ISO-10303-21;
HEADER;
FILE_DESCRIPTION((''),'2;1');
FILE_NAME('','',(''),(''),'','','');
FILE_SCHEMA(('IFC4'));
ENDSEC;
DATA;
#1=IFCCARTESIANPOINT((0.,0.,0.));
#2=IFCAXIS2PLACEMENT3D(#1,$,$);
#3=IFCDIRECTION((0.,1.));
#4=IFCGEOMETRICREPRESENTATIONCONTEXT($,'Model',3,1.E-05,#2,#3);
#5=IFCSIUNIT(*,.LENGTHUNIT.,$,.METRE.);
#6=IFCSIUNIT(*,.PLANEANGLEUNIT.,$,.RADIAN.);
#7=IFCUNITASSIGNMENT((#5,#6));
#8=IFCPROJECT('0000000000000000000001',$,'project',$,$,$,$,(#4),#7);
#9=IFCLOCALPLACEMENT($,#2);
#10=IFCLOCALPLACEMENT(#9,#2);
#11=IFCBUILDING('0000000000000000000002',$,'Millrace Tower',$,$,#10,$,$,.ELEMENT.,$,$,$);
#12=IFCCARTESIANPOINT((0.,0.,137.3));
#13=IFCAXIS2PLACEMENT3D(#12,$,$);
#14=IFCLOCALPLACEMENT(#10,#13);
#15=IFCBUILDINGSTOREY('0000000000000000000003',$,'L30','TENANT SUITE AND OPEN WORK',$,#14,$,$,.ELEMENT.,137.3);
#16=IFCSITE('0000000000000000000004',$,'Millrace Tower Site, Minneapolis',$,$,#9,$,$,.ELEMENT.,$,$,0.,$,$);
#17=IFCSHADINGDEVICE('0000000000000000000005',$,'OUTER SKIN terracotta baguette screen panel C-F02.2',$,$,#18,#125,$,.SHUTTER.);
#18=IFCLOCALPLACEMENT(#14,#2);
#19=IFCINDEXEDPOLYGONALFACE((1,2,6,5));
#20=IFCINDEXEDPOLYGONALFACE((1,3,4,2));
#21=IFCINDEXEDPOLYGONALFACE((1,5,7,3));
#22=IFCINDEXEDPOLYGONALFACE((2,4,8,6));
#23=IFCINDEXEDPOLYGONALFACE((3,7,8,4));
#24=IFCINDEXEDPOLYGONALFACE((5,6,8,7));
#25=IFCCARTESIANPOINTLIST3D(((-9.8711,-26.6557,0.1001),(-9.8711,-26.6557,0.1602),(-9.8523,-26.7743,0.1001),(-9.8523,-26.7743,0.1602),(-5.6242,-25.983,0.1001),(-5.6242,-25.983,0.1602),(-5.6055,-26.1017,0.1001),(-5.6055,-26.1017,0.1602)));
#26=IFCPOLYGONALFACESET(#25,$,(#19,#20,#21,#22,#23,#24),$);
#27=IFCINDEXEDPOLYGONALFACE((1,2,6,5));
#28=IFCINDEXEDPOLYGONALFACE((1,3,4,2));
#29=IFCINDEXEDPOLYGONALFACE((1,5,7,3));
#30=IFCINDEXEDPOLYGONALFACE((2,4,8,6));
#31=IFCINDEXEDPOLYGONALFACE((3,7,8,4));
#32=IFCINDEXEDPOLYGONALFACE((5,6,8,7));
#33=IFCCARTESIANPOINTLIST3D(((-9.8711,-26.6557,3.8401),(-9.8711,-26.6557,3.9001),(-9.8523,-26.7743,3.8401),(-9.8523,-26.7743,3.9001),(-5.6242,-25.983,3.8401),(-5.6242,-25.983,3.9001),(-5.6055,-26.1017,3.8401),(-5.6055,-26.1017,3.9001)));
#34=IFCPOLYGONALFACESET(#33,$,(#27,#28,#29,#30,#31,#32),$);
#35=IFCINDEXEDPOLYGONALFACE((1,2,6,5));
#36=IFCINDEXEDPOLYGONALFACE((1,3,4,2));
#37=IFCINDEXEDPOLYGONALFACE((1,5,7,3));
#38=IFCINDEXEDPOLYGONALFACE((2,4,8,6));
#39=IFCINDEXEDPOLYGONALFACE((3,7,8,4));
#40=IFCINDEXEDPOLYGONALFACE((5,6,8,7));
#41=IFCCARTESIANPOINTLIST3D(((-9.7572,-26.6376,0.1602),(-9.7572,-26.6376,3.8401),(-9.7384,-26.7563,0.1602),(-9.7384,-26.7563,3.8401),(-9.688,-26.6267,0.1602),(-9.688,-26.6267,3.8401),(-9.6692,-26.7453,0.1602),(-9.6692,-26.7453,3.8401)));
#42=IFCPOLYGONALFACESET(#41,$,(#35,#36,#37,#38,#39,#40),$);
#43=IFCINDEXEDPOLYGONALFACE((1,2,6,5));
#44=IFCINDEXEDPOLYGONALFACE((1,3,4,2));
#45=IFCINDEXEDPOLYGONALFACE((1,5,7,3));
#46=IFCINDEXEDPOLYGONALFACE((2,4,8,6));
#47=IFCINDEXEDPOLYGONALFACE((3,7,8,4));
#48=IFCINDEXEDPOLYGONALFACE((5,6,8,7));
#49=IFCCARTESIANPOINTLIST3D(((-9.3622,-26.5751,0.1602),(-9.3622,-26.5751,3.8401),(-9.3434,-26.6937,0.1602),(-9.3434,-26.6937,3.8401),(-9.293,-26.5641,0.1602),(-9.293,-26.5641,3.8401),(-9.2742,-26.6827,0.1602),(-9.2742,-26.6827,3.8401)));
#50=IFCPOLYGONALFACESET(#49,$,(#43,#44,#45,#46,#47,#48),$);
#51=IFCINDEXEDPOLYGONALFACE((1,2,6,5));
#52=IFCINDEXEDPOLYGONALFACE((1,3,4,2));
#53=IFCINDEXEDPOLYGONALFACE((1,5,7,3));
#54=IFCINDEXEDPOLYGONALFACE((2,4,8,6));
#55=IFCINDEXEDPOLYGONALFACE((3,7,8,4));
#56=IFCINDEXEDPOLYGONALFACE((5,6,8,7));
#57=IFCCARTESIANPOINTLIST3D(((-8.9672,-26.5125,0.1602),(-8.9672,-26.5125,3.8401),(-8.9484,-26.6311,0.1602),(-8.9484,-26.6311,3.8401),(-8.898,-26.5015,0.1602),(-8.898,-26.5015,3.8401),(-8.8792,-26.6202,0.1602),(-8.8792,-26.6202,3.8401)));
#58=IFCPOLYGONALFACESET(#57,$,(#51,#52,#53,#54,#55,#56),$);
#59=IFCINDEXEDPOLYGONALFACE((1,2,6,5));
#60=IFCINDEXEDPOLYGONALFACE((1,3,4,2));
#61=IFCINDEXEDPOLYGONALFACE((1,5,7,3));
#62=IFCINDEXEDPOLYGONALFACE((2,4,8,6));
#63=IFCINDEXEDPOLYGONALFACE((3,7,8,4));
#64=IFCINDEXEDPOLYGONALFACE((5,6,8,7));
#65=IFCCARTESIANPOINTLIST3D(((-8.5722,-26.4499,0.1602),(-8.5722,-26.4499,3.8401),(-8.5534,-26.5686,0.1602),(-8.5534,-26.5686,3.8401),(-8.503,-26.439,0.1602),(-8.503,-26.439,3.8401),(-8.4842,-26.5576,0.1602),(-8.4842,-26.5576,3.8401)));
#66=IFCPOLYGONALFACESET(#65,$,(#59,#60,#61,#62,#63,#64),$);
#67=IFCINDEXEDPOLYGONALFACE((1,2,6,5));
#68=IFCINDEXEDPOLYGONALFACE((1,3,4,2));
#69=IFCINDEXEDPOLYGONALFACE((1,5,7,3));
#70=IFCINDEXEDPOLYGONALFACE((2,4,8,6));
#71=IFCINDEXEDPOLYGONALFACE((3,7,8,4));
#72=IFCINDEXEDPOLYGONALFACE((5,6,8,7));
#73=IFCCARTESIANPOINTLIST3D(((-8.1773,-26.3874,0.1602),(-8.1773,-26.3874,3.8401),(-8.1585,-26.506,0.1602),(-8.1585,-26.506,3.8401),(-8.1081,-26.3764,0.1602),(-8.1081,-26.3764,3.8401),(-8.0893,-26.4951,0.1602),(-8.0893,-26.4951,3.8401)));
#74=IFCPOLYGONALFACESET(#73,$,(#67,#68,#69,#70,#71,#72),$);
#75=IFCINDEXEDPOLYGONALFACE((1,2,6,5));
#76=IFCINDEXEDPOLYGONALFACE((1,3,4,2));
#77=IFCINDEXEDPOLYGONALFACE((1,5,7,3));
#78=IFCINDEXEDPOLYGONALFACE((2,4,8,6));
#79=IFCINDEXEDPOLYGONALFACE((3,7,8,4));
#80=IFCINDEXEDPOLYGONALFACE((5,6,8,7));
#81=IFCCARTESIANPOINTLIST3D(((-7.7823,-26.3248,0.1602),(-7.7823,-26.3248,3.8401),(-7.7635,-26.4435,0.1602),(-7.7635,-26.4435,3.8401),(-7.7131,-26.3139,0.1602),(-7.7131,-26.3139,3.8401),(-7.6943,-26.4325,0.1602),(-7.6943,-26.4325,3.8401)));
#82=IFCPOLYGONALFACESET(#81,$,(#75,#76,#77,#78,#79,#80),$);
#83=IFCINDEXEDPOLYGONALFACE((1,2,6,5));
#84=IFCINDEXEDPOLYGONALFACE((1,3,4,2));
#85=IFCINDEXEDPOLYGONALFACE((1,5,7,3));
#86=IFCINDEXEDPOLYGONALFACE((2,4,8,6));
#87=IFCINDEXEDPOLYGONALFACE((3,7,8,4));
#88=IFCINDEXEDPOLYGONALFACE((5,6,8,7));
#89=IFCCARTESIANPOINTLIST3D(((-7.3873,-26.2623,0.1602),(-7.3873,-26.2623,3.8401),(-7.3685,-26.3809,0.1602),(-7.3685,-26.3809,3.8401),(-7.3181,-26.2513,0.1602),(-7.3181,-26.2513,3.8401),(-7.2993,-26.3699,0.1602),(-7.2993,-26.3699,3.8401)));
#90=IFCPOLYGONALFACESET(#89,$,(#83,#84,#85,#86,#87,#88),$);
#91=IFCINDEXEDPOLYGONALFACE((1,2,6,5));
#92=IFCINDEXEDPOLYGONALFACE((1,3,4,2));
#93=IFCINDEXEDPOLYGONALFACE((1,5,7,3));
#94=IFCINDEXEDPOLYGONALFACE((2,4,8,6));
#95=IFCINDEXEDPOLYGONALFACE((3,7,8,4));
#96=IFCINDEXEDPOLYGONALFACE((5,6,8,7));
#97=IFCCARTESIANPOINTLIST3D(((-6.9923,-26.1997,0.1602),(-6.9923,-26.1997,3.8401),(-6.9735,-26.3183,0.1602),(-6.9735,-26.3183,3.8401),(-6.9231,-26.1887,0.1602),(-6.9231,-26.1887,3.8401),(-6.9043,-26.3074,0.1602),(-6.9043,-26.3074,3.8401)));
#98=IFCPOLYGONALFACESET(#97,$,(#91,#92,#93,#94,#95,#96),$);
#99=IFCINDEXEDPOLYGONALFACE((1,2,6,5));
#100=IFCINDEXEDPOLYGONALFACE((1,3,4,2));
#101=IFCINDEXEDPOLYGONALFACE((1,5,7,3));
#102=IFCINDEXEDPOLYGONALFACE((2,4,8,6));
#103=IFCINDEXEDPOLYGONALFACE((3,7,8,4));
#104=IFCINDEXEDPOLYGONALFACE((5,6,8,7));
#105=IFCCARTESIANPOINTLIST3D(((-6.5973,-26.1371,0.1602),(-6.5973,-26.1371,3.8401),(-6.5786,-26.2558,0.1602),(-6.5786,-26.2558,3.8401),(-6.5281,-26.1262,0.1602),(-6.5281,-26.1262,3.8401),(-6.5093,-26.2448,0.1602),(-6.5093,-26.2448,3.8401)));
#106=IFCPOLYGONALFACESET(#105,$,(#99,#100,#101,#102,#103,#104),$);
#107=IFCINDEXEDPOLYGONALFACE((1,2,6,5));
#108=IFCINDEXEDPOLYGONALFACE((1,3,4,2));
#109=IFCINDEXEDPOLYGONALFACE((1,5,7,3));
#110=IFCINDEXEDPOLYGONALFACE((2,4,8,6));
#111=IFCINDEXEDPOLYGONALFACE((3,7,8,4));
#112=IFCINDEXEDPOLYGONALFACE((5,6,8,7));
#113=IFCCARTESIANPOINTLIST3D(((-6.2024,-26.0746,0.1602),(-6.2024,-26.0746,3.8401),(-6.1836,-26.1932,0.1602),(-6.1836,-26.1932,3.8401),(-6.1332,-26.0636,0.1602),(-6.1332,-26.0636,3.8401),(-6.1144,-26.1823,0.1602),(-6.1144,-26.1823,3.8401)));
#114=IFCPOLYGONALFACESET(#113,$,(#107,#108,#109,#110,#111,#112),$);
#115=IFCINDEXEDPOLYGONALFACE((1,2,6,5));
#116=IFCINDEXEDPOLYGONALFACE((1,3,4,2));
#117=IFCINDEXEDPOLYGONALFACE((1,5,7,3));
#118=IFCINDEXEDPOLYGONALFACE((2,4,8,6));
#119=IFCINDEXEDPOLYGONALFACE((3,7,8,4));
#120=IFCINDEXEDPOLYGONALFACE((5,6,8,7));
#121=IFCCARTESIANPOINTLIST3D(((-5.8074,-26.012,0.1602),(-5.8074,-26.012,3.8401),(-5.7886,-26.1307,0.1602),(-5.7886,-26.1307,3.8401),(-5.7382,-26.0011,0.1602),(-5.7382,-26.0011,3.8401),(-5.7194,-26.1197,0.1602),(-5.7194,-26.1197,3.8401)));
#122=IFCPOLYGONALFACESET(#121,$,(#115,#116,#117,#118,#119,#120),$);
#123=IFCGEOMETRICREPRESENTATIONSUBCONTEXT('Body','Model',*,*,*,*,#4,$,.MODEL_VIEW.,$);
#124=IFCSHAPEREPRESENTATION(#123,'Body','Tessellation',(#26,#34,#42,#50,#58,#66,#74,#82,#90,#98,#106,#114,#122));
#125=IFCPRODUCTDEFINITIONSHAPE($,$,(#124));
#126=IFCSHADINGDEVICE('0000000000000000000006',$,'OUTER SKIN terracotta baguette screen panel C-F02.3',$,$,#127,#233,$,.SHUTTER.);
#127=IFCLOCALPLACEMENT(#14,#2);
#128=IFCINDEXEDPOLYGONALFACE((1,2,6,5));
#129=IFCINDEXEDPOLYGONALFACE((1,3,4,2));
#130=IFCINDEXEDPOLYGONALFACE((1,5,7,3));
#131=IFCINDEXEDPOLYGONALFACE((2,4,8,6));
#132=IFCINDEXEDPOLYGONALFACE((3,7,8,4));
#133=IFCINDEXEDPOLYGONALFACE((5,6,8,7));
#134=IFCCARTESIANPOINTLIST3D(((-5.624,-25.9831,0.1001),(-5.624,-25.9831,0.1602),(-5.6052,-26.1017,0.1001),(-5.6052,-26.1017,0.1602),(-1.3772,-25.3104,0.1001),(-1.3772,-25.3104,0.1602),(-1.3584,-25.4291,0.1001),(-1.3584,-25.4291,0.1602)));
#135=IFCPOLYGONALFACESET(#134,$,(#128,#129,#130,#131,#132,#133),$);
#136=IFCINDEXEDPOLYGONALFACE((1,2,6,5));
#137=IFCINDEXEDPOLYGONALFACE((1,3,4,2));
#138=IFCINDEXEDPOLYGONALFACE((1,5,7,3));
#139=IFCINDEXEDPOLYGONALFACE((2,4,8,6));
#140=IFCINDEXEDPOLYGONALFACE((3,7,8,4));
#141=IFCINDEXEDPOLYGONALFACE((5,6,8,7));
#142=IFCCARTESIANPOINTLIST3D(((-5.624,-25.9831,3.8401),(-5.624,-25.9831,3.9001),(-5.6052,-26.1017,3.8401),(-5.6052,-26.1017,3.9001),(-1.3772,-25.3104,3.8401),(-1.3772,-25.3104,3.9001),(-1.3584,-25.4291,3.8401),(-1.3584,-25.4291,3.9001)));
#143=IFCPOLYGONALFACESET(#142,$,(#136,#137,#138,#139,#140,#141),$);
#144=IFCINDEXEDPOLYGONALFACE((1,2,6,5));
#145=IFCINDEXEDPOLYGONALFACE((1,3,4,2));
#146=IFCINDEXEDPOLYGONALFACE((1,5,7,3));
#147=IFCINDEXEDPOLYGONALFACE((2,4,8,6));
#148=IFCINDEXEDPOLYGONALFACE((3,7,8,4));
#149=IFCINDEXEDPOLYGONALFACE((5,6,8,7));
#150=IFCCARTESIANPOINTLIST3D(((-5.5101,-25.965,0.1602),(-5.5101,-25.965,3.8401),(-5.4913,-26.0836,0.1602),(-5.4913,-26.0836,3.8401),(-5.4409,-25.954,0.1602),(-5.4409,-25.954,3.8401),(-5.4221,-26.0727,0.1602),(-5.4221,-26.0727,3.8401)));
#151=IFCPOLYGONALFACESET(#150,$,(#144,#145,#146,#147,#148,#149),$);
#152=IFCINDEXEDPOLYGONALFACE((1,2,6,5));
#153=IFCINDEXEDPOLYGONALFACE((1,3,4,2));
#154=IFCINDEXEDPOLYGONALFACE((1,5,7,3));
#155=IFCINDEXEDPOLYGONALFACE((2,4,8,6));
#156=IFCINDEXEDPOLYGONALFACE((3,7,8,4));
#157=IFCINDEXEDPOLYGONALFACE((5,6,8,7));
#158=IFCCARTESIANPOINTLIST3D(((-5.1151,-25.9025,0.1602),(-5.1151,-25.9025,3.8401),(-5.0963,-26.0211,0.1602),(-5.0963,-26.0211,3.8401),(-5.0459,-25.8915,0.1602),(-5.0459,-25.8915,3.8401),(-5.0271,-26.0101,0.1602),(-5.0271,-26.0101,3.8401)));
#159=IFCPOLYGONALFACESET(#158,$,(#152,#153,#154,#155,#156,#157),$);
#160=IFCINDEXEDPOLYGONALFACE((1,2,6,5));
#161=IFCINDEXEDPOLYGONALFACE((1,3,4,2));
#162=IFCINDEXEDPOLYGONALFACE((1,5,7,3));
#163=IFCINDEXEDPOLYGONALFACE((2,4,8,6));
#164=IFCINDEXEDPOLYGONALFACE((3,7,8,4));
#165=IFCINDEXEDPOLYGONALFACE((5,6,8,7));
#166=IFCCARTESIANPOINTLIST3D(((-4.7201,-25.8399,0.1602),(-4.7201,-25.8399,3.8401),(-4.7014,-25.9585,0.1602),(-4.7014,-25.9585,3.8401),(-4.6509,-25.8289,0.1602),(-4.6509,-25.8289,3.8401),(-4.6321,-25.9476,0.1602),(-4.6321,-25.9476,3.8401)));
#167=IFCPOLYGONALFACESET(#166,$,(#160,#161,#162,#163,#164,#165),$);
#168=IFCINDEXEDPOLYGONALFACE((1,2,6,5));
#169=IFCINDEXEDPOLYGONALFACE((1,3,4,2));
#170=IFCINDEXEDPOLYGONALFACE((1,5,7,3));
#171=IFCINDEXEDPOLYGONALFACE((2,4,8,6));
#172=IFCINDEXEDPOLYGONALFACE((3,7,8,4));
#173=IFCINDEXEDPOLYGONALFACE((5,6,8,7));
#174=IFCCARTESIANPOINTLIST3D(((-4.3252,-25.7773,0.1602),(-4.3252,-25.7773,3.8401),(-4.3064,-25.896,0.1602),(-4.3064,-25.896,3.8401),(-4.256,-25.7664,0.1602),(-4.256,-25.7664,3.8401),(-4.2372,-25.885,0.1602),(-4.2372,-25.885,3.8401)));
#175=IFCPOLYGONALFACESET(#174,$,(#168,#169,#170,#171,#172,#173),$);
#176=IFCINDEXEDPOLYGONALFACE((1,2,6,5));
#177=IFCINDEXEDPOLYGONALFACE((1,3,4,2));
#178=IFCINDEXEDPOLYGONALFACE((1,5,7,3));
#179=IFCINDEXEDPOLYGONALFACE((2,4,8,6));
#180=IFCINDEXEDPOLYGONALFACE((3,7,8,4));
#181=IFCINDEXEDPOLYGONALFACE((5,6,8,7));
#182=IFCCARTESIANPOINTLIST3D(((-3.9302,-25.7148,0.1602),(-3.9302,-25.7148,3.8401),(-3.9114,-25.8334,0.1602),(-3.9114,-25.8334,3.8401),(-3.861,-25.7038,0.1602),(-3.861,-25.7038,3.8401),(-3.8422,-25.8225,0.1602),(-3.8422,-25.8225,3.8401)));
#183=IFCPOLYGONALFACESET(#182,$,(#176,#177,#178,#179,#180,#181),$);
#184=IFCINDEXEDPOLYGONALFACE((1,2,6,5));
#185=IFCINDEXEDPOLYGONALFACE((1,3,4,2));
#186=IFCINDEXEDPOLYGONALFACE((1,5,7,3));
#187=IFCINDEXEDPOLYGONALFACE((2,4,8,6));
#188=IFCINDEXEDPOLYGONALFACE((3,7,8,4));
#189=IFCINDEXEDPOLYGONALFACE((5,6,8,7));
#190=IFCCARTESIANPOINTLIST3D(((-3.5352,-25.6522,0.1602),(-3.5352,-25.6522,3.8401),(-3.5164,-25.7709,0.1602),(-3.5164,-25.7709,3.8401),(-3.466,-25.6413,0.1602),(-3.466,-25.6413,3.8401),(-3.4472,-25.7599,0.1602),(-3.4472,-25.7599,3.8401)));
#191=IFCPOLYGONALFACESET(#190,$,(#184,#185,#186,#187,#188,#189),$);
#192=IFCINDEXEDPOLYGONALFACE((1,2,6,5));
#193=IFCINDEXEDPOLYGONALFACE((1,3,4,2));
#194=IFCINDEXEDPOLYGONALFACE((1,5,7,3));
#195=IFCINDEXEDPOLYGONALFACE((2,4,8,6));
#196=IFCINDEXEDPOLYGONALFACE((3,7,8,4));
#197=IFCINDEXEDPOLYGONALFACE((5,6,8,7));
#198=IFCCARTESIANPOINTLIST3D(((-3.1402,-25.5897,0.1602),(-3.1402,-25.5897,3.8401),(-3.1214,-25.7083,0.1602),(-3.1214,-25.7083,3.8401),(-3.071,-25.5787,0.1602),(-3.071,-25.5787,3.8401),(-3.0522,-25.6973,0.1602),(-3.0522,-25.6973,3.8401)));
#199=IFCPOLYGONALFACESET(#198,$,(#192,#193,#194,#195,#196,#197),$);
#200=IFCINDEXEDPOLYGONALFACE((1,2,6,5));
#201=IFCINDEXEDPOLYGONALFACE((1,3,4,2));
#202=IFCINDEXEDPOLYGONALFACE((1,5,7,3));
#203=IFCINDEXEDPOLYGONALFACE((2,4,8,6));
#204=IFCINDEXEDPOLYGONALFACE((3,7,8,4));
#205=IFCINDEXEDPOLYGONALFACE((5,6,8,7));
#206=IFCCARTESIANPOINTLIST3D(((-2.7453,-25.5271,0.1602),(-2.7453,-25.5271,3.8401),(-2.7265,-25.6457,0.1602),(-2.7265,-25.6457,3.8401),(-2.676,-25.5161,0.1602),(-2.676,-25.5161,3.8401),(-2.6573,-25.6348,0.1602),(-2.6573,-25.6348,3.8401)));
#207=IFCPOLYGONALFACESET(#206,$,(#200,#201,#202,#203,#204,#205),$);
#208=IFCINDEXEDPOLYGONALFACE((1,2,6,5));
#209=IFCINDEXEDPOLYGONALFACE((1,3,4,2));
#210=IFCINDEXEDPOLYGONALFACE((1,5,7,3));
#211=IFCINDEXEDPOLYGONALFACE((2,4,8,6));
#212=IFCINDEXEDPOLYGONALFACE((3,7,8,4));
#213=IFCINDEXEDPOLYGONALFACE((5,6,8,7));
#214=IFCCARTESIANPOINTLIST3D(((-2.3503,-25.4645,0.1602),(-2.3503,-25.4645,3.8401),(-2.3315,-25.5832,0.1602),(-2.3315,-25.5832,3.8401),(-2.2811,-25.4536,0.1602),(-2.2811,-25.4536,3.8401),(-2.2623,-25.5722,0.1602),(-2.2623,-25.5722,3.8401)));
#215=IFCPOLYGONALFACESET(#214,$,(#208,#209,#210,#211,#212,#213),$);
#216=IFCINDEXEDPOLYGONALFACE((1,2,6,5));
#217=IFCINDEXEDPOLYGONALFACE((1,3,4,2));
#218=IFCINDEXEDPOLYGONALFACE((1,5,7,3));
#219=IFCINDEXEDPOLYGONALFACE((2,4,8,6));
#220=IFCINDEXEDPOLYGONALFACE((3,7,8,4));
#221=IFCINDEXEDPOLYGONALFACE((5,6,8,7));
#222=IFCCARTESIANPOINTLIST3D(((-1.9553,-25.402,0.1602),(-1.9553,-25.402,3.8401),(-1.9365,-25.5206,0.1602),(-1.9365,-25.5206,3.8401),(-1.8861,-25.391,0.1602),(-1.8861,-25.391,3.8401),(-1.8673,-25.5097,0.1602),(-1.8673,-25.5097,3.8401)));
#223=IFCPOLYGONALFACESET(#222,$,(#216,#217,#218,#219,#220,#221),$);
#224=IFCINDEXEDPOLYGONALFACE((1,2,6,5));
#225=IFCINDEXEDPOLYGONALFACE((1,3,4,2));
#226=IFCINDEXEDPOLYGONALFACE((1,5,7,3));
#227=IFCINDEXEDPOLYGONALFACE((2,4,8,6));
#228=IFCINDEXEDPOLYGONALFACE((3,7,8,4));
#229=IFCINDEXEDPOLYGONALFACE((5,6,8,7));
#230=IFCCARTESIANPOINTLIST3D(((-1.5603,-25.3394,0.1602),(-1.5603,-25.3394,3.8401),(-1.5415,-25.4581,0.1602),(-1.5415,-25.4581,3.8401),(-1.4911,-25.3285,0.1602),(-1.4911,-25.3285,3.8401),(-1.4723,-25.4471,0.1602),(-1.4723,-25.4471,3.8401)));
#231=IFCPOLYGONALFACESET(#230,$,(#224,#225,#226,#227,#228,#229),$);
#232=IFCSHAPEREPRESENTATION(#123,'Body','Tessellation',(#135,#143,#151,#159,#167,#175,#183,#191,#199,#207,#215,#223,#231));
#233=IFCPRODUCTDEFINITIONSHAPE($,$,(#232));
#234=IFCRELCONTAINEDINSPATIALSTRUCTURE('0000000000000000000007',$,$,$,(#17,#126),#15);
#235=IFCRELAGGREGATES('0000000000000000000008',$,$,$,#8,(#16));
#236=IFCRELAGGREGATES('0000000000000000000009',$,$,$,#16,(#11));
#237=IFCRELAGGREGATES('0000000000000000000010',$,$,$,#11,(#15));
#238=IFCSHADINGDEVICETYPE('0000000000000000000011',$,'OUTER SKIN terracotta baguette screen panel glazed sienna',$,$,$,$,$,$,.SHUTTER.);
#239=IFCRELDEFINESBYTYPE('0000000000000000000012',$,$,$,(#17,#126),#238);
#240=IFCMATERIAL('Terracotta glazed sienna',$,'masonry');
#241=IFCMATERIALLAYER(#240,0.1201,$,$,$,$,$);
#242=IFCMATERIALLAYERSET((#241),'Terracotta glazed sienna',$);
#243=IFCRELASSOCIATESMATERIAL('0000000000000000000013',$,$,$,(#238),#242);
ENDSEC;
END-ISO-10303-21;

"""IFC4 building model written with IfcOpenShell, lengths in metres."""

from ifc_helpers import new_model, entity, si_unit, direction, frame, frame_2d, origin, origin_2d, place, context, subcontext, project, spatial, rectangle, extrude, source, transform, mapped, material, layer, layer_set, type_object, element, save


model = new_model("IFC4")

# Units and contexts
model_context = context("Model", 3, precision=1e-05, world=origin(), true_north=direction((0.0, 1.0)))
body_context = subcontext(model_context, "Body", "Model", "MODEL_VIEW")
ifc_project = project(units=[si_unit("LENGTHUNIT", "METRE"), si_unit("PLANEANGLEUNIT", "RADIAN")], contexts=[model_context])

# Site, building, storey
site_placement = place(None, origin())
site = spatial("IfcSite", under=ifc_project, at=site_placement, Name="Millrace Tower Site, Minneapolis", CompositionType="ELEMENT", RefElevation=0.0)
building_placement = place(site_placement, origin())
building = spatial("IfcBuilding", under=site, at=building_placement, Name="Millrace Tower", CompositionType="ELEMENT")
storey_placement = place(building_placement, frame((0.0, 0.0, 137.3)))
storey = spatial("IfcBuildingStorey", under=building, at=storey_placement, Name="L30", Description="TENANT SUITE AND OPEN WORK", CompositionType="ELEMENT", Elevation=137.3)

# Shading devices
ifc_material_1 = material(Name="Terracotta glazed sienna", Category="masonry")
ifc_layer_1 = layer(ifc_material_1, 0.1201)
ifc_layer_set_1 = layer_set([ifc_layer_1], Name="Terracotta glazed sienna")
shading_device_type = type_object("IfcShadingDeviceType", Name="OUTER SKIN terracotta baguette screen panel glazed sienna", PredefinedType="SHUTTER", material=ifc_layer_set_1)
cartesian_point_1 = entity("IfcCartesianPoint", [-2.1499, 0.0601])
shared_polyline_1 = entity("IfcPolyline", [cartesian_point_1, entity("IfcCartesianPoint", [2.1499, 0.0601]), entity("IfcCartesianPoint", [2.1499, -0.0601]), entity("IfcCartesianPoint", [-2.1499, -0.0601]), cartesian_point_1])
shared_shape_1 = source(origin(), body_context, "Body", "SweptSolid", [
    entity("IfcExtrudedAreaSolid", entity("IfcArbitraryClosedProfileDef", "AREA", None, shared_polyline_1), entity("IfcAxis2Placement3D", entity("IfcCartesianPoint", [0.0, 0.0, 0.0])), entity("IfcDirection", [0.0, 0.0, 1.0]), 0.0601),
    entity("IfcExtrudedAreaSolid", entity("IfcArbitraryClosedProfileDef", "AREA", None, shared_polyline_1), entity("IfcAxis2Placement3D", entity("IfcCartesianPoint", [0.0, 0.0, 3.74])), entity("IfcDirection", [0.0, 0.0, 1.0]), 0.0601),
    extrude(rectangle(XDim=0.0701, YDim=0.1201, at=frame_2d((-1.9995, 0.0))), frame((0.0, 0.0, 0.0601)), (0.0, 0.0, 1.0), 3.6799),
    extrude(rectangle(XDim=0.0701, YDim=0.1201, at=frame_2d((-1.5996, 0.0))), frame((0.0, 0.0, 0.0601)), (0.0, 0.0, 1.0), 3.6799),
    extrude(rectangle(XDim=0.0701, YDim=0.1201, at=frame_2d((-1.1997, 0.0))), frame((0.0, 0.0, 0.0601)), (0.0, 0.0, 1.0), 3.6799),
    extrude(rectangle(XDim=0.0701, YDim=0.1201, at=frame_2d((-0.7998, 0.0))), frame((0.0, 0.0, 0.0601)), (0.0, 0.0, 1.0), 3.6799),
    extrude(rectangle(XDim=0.0701, YDim=0.1201, at=frame_2d((-0.3999, 0.0))), frame((0.0, 0.0, 0.0601)), (0.0, 0.0, 1.0), 3.6799),
    extrude(rectangle(XDim=0.0701, YDim=0.1201, at=origin_2d()), frame((0.0, 0.0, 0.0601)), (0.0, 0.0, 1.0), 3.6799),
    extrude(rectangle(XDim=0.0701, YDim=0.1201, at=frame_2d((0.3999, 0.0))), frame((0.0, 0.0, 0.0601)), (0.0, 0.0, 1.0), 3.6799),
    extrude(rectangle(XDim=0.0701, YDim=0.1201, at=frame_2d((0.7998, 0.0))), frame((0.0, 0.0, 0.0601)), (0.0, 0.0, 1.0), 3.6799),
    extrude(rectangle(XDim=0.0701, YDim=0.1201, at=frame_2d((1.1997, 0.0))), frame((0.0, 0.0, 0.0601)), (0.0, 0.0, 1.0), 3.6799),
    extrude(rectangle(XDim=0.0701, YDim=0.1201, at=frame_2d((1.5996, 0.0))), frame((0.0, 0.0, 0.0601)), (0.0, 0.0, 1.0), 3.6799),
    extrude(rectangle(XDim=0.0701, YDim=0.1201, at=frame_2d((1.9995, 0.0))), frame((0.0, 0.0, 0.0601)), (0.0, 0.0, 1.0), 3.6799),
])
for number, where, z_axis, x_axis, name in (
    (1, (-7.7383, -26.3787, 0.1001), (0.0, 0.0, 1.0), (0.987688, 0.156434, 0.0), "OUTER SKIN terracotta baguette screen panel C-F02.2"),
    (2, (-3.4912, -25.7061, 0.1001), (0.0, 0.0, 1.0), (0.987688, 0.156434, 0.0), "OUTER SKIN terracotta baguette screen panel C-F02.3"),
):
    element("IfcShadingDevice", number, at=place(storey_placement, frame(where, z_axis=z_axis, x_axis=x_axis)), inside=storey, type_object=shading_device_type, Name=name, PredefinedType="SHUTTER", context=body_context, shape_type="MappedRepresentation", body=[
        mapped(shared_shape_1, transform((0.0, 0.0, 0.0), scale=1.0)),
    ])

save(model, "model.ifc")
